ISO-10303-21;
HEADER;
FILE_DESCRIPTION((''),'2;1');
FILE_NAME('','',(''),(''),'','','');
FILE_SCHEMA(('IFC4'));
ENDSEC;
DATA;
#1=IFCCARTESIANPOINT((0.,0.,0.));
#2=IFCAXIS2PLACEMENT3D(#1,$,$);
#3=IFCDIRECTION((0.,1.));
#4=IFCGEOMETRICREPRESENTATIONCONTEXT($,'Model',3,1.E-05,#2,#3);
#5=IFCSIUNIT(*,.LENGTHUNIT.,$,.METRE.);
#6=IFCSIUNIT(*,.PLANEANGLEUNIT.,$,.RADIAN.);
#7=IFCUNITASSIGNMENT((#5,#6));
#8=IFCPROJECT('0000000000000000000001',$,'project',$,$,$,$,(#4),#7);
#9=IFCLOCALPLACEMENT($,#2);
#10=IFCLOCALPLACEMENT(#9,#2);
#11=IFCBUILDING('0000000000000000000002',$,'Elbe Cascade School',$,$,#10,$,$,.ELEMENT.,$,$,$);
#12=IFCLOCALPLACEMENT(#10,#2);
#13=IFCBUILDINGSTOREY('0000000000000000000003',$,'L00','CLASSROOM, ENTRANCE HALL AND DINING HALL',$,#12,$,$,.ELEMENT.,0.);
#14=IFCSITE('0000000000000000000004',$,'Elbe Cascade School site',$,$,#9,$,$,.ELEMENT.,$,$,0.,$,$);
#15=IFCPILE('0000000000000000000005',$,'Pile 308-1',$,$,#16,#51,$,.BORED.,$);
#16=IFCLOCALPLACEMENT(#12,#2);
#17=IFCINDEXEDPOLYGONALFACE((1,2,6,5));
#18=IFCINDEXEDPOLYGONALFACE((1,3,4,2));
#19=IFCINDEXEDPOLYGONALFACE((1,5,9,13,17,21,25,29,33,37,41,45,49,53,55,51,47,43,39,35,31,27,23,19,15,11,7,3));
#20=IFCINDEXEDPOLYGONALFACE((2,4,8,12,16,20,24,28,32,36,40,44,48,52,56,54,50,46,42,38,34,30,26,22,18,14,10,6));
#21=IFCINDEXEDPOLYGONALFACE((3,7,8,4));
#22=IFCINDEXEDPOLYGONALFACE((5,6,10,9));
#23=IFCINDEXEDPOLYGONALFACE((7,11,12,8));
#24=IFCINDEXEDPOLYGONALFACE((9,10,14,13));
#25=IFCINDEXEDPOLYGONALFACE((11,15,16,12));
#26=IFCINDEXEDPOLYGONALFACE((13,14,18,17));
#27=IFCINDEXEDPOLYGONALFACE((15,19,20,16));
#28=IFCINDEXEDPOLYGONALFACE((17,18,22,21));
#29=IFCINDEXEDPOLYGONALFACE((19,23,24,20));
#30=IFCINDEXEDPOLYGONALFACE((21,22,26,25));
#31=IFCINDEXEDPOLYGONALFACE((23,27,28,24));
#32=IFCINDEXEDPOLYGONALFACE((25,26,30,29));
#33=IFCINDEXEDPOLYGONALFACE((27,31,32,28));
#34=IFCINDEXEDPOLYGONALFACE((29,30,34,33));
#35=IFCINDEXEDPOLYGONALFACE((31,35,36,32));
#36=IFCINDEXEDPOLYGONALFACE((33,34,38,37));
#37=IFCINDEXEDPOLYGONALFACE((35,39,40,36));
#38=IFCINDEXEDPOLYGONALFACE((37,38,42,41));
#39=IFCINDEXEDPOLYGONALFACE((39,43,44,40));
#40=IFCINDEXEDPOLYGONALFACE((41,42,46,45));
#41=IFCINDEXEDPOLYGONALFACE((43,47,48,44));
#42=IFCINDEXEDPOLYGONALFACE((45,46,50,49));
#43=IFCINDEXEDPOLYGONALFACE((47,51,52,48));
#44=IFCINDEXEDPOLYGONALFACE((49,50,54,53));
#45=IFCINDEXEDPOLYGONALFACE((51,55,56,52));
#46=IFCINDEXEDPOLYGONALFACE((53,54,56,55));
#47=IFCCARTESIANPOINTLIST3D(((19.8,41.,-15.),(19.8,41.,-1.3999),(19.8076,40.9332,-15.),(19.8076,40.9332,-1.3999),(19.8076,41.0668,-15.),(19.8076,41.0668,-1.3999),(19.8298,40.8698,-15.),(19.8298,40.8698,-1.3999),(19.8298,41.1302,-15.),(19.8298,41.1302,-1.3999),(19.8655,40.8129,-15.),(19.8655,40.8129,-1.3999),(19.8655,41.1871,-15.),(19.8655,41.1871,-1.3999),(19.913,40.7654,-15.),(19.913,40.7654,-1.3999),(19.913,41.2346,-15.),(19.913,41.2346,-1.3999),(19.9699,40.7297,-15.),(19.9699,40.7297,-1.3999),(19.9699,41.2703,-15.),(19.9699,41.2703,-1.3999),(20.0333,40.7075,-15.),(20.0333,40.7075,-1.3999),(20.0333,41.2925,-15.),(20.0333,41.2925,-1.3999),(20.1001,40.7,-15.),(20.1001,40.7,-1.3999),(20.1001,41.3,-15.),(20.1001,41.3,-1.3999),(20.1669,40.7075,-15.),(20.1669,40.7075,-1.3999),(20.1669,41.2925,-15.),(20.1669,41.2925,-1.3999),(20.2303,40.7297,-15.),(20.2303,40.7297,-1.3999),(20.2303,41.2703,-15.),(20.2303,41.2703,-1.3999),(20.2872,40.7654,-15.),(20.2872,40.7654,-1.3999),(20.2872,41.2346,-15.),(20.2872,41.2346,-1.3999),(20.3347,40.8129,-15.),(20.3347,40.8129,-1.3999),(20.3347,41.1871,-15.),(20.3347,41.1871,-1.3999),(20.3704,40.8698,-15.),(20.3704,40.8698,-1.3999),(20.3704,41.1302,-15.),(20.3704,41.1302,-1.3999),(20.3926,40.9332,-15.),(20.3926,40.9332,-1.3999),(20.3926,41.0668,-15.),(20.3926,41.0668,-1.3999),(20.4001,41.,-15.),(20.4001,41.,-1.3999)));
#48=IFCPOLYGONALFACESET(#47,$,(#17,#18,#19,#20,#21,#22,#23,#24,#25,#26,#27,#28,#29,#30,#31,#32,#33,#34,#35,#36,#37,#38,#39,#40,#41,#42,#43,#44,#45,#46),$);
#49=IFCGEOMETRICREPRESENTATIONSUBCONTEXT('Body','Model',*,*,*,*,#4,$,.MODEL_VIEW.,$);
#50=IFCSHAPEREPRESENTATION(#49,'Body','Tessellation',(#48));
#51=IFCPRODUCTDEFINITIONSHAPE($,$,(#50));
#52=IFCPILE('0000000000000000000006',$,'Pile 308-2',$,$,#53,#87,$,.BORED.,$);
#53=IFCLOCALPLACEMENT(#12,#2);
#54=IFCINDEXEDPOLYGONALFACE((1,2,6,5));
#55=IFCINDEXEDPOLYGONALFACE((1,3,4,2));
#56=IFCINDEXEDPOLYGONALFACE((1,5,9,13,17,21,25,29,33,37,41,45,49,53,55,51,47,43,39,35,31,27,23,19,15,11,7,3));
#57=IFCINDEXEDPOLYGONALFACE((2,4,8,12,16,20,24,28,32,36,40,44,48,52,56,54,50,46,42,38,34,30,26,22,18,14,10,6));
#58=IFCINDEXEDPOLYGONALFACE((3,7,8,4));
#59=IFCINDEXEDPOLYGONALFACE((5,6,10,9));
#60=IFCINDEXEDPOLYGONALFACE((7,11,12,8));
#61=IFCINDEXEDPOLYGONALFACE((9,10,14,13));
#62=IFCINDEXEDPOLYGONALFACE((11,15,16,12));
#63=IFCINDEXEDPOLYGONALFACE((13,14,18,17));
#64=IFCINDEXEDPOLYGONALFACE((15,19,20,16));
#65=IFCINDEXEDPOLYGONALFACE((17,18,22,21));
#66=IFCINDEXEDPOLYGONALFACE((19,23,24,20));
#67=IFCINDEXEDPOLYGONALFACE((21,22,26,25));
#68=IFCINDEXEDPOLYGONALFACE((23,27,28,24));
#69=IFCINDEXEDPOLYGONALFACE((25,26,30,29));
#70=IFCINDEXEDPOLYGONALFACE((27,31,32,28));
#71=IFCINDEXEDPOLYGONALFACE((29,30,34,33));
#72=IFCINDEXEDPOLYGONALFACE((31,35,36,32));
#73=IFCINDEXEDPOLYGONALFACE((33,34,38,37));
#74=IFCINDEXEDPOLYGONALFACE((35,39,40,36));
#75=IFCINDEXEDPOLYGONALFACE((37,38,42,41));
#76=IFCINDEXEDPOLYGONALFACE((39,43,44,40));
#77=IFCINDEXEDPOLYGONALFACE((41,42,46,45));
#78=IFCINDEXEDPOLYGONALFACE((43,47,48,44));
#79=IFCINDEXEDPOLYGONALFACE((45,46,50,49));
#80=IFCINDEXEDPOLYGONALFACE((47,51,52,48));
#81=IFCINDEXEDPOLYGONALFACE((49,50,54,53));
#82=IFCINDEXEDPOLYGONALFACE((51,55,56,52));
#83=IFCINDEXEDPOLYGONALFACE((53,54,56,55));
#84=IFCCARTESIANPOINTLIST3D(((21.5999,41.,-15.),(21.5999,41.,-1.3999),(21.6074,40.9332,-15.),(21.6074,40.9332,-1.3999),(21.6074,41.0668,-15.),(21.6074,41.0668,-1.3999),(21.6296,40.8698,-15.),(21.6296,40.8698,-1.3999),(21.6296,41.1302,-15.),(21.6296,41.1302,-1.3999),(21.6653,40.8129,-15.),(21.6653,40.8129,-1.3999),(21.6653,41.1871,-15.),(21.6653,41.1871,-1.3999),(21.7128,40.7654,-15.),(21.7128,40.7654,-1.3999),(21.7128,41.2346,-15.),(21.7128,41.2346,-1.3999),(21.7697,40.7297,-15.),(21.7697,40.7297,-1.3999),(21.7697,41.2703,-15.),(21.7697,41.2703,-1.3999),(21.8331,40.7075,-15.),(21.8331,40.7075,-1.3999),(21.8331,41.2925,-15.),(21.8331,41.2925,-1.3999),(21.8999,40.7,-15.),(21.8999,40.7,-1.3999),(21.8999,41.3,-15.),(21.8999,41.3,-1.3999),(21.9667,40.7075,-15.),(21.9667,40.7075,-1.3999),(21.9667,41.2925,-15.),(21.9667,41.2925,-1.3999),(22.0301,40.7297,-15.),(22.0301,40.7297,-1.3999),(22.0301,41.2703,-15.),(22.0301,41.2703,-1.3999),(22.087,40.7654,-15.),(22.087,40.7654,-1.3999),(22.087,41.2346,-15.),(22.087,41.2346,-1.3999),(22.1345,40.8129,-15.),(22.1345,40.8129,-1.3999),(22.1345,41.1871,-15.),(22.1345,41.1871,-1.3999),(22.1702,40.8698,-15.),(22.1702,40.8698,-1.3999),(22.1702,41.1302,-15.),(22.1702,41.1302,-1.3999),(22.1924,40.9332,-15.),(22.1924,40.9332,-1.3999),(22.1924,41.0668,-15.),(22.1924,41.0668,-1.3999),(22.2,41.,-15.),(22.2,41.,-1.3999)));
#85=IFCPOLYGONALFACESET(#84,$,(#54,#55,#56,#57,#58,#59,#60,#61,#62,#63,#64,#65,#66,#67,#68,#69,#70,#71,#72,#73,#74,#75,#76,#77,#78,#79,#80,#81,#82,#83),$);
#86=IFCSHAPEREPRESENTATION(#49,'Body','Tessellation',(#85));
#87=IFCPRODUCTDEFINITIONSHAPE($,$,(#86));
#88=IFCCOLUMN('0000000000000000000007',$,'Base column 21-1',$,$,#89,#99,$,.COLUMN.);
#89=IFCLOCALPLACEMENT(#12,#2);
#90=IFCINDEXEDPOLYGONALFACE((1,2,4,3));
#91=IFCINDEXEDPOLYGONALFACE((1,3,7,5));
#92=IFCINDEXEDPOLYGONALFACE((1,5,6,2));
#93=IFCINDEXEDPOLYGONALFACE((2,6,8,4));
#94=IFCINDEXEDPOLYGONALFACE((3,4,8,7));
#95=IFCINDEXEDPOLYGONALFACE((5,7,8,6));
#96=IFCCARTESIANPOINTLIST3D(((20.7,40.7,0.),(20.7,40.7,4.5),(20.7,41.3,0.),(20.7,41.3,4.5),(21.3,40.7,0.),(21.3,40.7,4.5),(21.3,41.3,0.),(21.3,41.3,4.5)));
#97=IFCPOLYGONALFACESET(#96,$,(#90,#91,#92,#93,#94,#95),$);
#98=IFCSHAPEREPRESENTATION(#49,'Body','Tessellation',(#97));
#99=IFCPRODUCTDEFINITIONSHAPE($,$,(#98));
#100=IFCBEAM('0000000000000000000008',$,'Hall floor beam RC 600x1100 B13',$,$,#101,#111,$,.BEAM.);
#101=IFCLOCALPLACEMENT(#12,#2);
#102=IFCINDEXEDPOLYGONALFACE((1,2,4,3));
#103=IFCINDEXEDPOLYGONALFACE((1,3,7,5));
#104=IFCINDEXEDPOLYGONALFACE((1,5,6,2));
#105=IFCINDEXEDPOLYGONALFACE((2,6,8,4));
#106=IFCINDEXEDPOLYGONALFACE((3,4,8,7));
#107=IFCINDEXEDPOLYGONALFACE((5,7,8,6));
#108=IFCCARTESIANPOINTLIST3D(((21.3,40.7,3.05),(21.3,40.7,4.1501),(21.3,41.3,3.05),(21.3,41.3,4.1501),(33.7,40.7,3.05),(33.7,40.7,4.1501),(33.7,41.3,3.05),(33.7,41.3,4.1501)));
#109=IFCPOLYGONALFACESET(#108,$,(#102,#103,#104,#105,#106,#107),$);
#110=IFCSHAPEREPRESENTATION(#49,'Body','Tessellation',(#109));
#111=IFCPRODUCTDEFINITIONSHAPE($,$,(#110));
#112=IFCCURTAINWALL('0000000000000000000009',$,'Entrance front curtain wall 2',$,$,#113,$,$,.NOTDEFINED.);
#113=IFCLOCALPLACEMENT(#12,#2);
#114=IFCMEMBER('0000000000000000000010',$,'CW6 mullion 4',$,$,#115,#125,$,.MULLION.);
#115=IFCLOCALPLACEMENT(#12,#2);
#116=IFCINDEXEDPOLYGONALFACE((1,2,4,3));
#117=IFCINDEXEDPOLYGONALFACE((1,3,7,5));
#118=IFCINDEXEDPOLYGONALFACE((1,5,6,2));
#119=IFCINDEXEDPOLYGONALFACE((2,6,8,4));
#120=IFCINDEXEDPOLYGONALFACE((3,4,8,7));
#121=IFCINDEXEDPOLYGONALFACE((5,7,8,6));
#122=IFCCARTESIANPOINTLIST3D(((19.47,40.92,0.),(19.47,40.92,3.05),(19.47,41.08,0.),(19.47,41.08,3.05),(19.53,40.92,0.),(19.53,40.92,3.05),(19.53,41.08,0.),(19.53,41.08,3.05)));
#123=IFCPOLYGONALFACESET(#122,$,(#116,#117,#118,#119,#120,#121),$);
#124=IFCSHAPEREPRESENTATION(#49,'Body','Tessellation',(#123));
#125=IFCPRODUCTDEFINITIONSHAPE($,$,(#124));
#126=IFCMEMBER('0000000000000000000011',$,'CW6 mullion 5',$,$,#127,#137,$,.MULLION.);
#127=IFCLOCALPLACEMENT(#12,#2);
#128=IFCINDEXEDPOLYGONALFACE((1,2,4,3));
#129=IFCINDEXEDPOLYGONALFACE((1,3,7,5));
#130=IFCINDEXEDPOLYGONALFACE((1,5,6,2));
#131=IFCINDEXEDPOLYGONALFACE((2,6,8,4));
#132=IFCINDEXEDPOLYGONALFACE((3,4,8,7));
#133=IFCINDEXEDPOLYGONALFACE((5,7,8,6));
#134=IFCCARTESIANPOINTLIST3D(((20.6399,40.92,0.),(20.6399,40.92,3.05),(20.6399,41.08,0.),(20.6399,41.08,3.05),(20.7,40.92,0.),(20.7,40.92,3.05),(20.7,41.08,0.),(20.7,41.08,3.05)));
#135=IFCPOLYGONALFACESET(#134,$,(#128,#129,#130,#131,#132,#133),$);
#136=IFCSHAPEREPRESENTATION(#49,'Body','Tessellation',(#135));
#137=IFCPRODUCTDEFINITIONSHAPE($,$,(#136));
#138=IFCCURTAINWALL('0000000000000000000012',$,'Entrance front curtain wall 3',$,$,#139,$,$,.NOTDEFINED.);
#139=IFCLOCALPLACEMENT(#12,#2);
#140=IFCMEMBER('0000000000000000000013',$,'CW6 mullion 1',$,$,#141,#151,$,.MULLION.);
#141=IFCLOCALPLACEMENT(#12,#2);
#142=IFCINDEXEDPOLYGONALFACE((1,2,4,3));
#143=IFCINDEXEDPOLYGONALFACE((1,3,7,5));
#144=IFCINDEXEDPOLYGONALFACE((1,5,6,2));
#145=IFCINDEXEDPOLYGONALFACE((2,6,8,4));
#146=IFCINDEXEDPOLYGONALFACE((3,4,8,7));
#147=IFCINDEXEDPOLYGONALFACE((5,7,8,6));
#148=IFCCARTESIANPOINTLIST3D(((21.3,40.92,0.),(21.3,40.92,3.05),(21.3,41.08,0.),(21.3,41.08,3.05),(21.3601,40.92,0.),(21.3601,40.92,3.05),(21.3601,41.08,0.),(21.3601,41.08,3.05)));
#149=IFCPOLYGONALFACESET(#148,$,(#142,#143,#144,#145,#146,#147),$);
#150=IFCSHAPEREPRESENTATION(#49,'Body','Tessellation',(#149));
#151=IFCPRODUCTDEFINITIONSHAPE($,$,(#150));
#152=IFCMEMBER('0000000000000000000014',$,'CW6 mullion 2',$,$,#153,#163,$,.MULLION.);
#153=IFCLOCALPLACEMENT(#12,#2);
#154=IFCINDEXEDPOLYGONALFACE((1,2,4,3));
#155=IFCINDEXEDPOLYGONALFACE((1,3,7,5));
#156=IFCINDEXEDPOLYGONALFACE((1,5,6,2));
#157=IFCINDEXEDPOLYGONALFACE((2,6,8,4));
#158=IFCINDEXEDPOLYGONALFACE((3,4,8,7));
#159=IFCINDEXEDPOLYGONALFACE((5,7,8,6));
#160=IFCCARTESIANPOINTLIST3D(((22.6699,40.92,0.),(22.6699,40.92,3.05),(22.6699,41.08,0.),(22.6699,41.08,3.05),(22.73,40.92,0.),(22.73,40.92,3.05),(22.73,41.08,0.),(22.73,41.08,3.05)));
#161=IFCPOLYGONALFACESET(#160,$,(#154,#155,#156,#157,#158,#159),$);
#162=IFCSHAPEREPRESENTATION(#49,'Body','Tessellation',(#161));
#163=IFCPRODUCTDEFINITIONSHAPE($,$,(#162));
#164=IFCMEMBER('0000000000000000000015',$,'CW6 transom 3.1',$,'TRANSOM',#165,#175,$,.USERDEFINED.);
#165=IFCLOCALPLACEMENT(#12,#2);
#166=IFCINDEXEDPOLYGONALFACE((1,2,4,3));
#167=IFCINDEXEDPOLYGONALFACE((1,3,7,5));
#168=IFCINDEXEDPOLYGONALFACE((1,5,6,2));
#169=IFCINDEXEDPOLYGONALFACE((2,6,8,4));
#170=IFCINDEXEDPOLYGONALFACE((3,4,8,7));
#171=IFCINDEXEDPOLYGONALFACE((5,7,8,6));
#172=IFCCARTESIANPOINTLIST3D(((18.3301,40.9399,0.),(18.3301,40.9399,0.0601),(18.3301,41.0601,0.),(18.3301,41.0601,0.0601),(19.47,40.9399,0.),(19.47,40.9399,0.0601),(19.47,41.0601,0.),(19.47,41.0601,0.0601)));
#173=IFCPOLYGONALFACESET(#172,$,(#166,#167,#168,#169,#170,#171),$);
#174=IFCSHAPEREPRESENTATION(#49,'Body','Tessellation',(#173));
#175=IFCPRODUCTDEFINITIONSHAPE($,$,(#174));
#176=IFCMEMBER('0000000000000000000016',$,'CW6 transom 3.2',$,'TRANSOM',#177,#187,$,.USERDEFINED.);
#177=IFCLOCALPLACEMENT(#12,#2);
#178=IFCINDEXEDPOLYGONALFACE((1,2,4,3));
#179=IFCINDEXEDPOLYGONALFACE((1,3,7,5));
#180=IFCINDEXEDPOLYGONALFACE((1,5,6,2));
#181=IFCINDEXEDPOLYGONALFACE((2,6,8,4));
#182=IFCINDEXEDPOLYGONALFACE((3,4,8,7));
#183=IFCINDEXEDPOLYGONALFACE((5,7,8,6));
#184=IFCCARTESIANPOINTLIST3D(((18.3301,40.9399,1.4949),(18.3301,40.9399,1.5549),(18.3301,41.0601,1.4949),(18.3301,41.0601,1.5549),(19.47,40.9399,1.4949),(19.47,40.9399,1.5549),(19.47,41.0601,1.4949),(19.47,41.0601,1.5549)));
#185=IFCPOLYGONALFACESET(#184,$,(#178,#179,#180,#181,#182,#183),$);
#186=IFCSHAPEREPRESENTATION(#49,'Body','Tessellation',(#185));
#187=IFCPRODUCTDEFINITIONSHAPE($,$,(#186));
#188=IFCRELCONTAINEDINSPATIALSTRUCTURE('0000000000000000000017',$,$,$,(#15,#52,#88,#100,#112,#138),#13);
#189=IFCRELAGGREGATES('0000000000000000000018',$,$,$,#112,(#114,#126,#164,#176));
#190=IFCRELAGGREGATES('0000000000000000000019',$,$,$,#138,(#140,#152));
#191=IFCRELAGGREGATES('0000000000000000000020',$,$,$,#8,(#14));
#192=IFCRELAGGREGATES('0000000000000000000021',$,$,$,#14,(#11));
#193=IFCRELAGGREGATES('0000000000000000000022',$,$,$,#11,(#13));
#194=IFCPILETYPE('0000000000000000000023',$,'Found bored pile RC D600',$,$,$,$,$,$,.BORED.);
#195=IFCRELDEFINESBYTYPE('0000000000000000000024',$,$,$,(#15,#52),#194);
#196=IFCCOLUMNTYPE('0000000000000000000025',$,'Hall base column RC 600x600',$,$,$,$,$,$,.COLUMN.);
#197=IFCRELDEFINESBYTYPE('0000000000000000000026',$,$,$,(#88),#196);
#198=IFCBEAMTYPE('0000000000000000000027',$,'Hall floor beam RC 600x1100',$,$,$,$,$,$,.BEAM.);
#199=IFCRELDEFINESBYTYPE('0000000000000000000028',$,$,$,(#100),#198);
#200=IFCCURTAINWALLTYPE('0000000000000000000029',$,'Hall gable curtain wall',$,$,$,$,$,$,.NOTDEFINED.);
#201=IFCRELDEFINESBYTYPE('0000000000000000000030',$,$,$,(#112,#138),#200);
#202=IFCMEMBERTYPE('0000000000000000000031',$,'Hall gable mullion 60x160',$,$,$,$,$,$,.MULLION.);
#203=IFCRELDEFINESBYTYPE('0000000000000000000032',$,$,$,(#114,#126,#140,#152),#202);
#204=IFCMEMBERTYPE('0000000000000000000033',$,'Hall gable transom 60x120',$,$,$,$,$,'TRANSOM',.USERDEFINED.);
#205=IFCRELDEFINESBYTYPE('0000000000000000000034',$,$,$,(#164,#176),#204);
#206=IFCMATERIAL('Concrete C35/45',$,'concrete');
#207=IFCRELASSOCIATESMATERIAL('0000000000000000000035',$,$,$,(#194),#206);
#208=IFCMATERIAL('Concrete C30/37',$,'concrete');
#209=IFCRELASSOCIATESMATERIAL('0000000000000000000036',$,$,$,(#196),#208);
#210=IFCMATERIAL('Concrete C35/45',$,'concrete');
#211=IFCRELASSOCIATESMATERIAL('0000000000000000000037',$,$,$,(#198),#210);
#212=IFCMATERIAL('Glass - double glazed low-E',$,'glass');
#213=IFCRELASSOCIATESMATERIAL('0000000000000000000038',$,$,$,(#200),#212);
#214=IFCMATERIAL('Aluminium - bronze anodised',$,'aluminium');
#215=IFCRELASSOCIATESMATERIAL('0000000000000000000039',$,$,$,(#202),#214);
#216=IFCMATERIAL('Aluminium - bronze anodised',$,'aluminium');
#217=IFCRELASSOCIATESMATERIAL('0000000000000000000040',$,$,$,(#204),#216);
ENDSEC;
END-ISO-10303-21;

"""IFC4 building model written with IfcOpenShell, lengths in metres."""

from ifc_helpers import new_model, si_unit, direction, frame, origin, origin_2d, place, context, subcontext, project, spatial, rectangle, circle, extrude, material, material_profile, profile_set, type_object, element, aggregate, save


model = new_model("IFC4")

# Units and contexts
model_context = context("Model", 3, precision=1e-05, world=origin(), true_north=direction((0.0, 1.0)))
body_context = subcontext(model_context, "Body", "Model", "MODEL_VIEW")
ifc_project = project(units=[si_unit("LENGTHUNIT", "METRE"), si_unit("PLANEANGLEUNIT", "RADIAN")], contexts=[model_context])

# Site, building, storey
site_placement = place(None, origin())
site = spatial("IfcSite", under=ifc_project, at=site_placement, Name="Elbe Cascade School site", CompositionType="ELEMENT", RefElevation=0.0)
building_placement = place(site_placement, origin())
building = spatial("IfcBuilding", under=site, at=building_placement, Name="Elbe Cascade School", CompositionType="ELEMENT")
storey_placement = place(building_placement, origin())
storey = spatial("IfcBuildingStorey", under=building, at=storey_placement, Name="L00", Description="CLASSROOM, ENTRANCE HALL AND DINING HALL", CompositionType="ELEMENT", Elevation=0.0)

# Piles
ifc_material_1 = material(Name="Concrete C35/45", Category="concrete")
ifc_material_profile_1 = material_profile(ifc_material_1, circle(Radius=0.3, at=origin_2d()), Name="RC D600")
ifc_profile_set_1 = profile_set([ifc_material_profile_1], Name="Concrete C35/45")
pile_type = type_object("IfcPileType", Name="Found bored pile RC D600", PredefinedType="BORED", material=ifc_profile_set_1)
for number, where, z_axis, x_axis, name in (
    (1, (20.1001, 41.0, -1.3999), (0.0, 0.0, -1.0), (1.0, 0.0, 0.0), "Pile 308-1"),
    (2, (21.8999, 41.0, -1.3999), (0.0, 0.0, -1.0), (1.0, 0.0, 0.0), "Pile 308-2"),
):
    element("IfcPile", number, at=place(storey_placement, frame(where, z_axis=z_axis, x_axis=x_axis)), inside=storey, type_object=pile_type, Name=name, PredefinedType="BORED", context=body_context, shape_type="SweptSolid", body=[
        extrude(circle(Radius=0.3, at=origin_2d()), origin(), (0.0, 0.0, 1.0), 13.6001),
    ])

# Column
ifc_material_2 = material(Name="Concrete C30/37", Category="concrete")
ifc_material_profile_2 = material_profile(ifc_material_2, rectangle(XDim=0.6001, YDim=0.6001, at=origin_2d()), Name="RC 600x600")
ifc_profile_set_2 = profile_set([ifc_material_profile_2], Name="Concrete C30/37")
column_type = type_object("IfcColumnType", Name="Hall base column RC 600x600", PredefinedType="COLUMN", material=ifc_profile_set_2)
column_placement = place(storey_placement, frame((21.0, 41.0, 0.0), z_axis=(0.0, 0.0, 1.0), x_axis=(1.0, 0.0, 0.0)))
element("IfcColumn", 3, at=column_placement, inside=storey, type_object=column_type, Name="Base column 21-1", PredefinedType="COLUMN", context=body_context, shape_type="SweptSolid", body=[
    extrude(rectangle(XDim=0.6001, YDim=0.6001, at=origin_2d()), origin(), (0.0, 0.0, 1.0), 4.5),
])

# Beam
ifc_material_3 = material(Name="Concrete C35/45", Category="concrete")
ifc_material_profile_3 = material_profile(ifc_material_3, rectangle(XDim=0.6001, YDim=1.1001, at=origin_2d()), Name="RC 600x1100")
ifc_profile_set_3 = profile_set([ifc_material_profile_3], Name="Concrete C35/45")
beam_type = type_object("IfcBeamType", Name="Hall floor beam RC 600x1100", PredefinedType="BEAM", material=ifc_profile_set_3)
beam_placement = place(storey_placement, frame((21.3, 41.0, 3.6001), z_axis=(1.0, 0.0, 0.0), x_axis=(0.0, 1.0, 0.0)))
element("IfcBeam", 4, at=beam_placement, inside=storey, type_object=beam_type, Name="Hall floor beam RC 600x1100 B13", PredefinedType="BEAM", context=body_context, shape_type="SweptSolid", body=[
    extrude(rectangle(XDim=0.6001, YDim=1.1001, at=origin_2d()), origin(), (0.0, 0.0, 1.0), 12.3999),
])

# Curtain walls, members
ifc_material_4 = material(Name="Glass - double glazed low-E", Category="glass")
curtain_wall_type = type_object("IfcCurtainWallType", Name="Hall gable curtain wall", PredefinedType="NOTDEFINED", material=ifc_material_4)
curtain_wall_1_placement = place(storey_placement, origin())
curtain_wall_1 = element("IfcCurtainWall", 5, at=curtain_wall_1_placement, inside=storey, type_object=curtain_wall_type, Name="Entrance front curtain wall 2", PredefinedType="NOTDEFINED")
ifc_material_5 = material(Name="Aluminium - bronze anodised", Category="aluminium")
ifc_material_profile_4 = material_profile(ifc_material_5, rectangle(XDim=0.1599, YDim=0.0601, at=origin_2d()), Name="Alu 60x160")
ifc_profile_set_4 = profile_set([ifc_material_profile_4], Name="Aluminium - bronze anodised")
member_type_1 = type_object("IfcMemberType", Name="Hall gable mullion 60x160", PredefinedType="MULLION", material=ifc_profile_set_4)
member_1_placement = place(storey_placement, frame((19.5, 41.0, 0.0), z_axis=(0.0, 0.0, 1.0), x_axis=(0.0, 1.0, 0.0)))
member_1 = element("IfcMember", 6, at=member_1_placement, type_object=member_type_1, Name="CW6 mullion 4", PredefinedType="MULLION", context=body_context, shape_type="SweptSolid", body=[
    extrude(rectangle(XDim=0.1599, YDim=0.0601, at=origin_2d()), origin(), (0.0, 0.0, 1.0), 3.05),
])
member_2_placement = place(storey_placement, frame((20.6699, 41.0, 0.0), z_axis=(0.0, 0.0, 1.0), x_axis=(0.0, 1.0, 0.0)))
member_2 = element("IfcMember", 7, at=member_2_placement, type_object=member_type_1, Name="CW6 mullion 5", PredefinedType="MULLION", context=body_context, shape_type="SweptSolid", body=[
    extrude(rectangle(XDim=0.1599, YDim=0.0601, at=origin_2d()), origin(), (0.0, 0.0, 1.0), 3.05),
])
curtain_wall_2_placement = place(storey_placement, origin())
curtain_wall_2 = element("IfcCurtainWall", 8, at=curtain_wall_2_placement, inside=storey, type_object=curtain_wall_type, Name="Entrance front curtain wall 3", PredefinedType="NOTDEFINED")
member_3_placement = place(storey_placement, frame((21.3301, 41.0, 0.0), z_axis=(0.0, 0.0, 1.0), x_axis=(0.0, 1.0, 0.0)))
member_3 = element("IfcMember", 9, at=member_3_placement, type_object=member_type_1, Name="CW6 mullion 1", PredefinedType="MULLION", context=body_context, shape_type="SweptSolid", body=[
    extrude(rectangle(XDim=0.1599, YDim=0.0601, at=origin_2d()), origin(), (0.0, 0.0, 1.0), 3.05),
])
member_4_placement = place(storey_placement, frame((22.7, 41.0, 0.0), z_axis=(0.0, 0.0, 1.0), x_axis=(0.0, 1.0, 0.0)))
member_4 = element("IfcMember", 10, at=member_4_placement, type_object=member_type_1, Name="CW6 mullion 2", PredefinedType="MULLION", context=body_context, shape_type="SweptSolid", body=[
    extrude(rectangle(XDim=0.1599, YDim=0.0601, at=origin_2d()), origin(), (0.0, 0.0, 1.0), 3.05),
])

# Members
ifc_material_6 = material(Name="Aluminium - bronze anodised", Category="aluminium")
ifc_material_profile_5 = material_profile(ifc_material_6, rectangle(XDim=0.1201, YDim=0.0601, at=origin_2d()), Name="Alu 60x120")
ifc_profile_set_5 = profile_set([ifc_material_profile_5], Name="Aluminium - bronze anodised")
member_type_2 = type_object("IfcMemberType", Name="Hall gable transom 60x120", ElementType="TRANSOM", PredefinedType="USERDEFINED", material=ifc_profile_set_5)
member_5_placement = place(storey_placement, frame((18.3301, 41.0, 0.03), z_axis=(1.0, 0.0, 0.0), x_axis=(0.0, 1.0, 0.0)))
member_5 = element("IfcMember", 11, at=member_5_placement, type_object=member_type_2, Name="CW6 transom 3.1", ObjectType="TRANSOM", PredefinedType="USERDEFINED", context=body_context, shape_type="SweptSolid", body=[
    extrude(rectangle(XDim=0.1201, YDim=0.0601, at=origin_2d()), origin(), (0.0, 0.0, 1.0), 1.1399),
])
member_6_placement = place(storey_placement, frame((18.3301, 41.0, 1.5249), z_axis=(1.0, 0.0, 0.0), x_axis=(0.0, 1.0, 0.0)))
member_6 = element("IfcMember", 12, at=member_6_placement, type_object=member_type_2, Name="CW6 transom 3.2", ObjectType="TRANSOM", PredefinedType="USERDEFINED", context=body_context, shape_type="SweptSolid", body=[
    extrude(rectangle(XDim=0.1201, YDim=0.0601, at=origin_2d()), origin(), (0.0, 0.0, 1.0), 1.1399),
])

aggregate(curtain_wall_1, [member_1, member_2, member_5, member_6])
aggregate(curtain_wall_2, [member_3, member_4])

save(model, "model.ifc")
